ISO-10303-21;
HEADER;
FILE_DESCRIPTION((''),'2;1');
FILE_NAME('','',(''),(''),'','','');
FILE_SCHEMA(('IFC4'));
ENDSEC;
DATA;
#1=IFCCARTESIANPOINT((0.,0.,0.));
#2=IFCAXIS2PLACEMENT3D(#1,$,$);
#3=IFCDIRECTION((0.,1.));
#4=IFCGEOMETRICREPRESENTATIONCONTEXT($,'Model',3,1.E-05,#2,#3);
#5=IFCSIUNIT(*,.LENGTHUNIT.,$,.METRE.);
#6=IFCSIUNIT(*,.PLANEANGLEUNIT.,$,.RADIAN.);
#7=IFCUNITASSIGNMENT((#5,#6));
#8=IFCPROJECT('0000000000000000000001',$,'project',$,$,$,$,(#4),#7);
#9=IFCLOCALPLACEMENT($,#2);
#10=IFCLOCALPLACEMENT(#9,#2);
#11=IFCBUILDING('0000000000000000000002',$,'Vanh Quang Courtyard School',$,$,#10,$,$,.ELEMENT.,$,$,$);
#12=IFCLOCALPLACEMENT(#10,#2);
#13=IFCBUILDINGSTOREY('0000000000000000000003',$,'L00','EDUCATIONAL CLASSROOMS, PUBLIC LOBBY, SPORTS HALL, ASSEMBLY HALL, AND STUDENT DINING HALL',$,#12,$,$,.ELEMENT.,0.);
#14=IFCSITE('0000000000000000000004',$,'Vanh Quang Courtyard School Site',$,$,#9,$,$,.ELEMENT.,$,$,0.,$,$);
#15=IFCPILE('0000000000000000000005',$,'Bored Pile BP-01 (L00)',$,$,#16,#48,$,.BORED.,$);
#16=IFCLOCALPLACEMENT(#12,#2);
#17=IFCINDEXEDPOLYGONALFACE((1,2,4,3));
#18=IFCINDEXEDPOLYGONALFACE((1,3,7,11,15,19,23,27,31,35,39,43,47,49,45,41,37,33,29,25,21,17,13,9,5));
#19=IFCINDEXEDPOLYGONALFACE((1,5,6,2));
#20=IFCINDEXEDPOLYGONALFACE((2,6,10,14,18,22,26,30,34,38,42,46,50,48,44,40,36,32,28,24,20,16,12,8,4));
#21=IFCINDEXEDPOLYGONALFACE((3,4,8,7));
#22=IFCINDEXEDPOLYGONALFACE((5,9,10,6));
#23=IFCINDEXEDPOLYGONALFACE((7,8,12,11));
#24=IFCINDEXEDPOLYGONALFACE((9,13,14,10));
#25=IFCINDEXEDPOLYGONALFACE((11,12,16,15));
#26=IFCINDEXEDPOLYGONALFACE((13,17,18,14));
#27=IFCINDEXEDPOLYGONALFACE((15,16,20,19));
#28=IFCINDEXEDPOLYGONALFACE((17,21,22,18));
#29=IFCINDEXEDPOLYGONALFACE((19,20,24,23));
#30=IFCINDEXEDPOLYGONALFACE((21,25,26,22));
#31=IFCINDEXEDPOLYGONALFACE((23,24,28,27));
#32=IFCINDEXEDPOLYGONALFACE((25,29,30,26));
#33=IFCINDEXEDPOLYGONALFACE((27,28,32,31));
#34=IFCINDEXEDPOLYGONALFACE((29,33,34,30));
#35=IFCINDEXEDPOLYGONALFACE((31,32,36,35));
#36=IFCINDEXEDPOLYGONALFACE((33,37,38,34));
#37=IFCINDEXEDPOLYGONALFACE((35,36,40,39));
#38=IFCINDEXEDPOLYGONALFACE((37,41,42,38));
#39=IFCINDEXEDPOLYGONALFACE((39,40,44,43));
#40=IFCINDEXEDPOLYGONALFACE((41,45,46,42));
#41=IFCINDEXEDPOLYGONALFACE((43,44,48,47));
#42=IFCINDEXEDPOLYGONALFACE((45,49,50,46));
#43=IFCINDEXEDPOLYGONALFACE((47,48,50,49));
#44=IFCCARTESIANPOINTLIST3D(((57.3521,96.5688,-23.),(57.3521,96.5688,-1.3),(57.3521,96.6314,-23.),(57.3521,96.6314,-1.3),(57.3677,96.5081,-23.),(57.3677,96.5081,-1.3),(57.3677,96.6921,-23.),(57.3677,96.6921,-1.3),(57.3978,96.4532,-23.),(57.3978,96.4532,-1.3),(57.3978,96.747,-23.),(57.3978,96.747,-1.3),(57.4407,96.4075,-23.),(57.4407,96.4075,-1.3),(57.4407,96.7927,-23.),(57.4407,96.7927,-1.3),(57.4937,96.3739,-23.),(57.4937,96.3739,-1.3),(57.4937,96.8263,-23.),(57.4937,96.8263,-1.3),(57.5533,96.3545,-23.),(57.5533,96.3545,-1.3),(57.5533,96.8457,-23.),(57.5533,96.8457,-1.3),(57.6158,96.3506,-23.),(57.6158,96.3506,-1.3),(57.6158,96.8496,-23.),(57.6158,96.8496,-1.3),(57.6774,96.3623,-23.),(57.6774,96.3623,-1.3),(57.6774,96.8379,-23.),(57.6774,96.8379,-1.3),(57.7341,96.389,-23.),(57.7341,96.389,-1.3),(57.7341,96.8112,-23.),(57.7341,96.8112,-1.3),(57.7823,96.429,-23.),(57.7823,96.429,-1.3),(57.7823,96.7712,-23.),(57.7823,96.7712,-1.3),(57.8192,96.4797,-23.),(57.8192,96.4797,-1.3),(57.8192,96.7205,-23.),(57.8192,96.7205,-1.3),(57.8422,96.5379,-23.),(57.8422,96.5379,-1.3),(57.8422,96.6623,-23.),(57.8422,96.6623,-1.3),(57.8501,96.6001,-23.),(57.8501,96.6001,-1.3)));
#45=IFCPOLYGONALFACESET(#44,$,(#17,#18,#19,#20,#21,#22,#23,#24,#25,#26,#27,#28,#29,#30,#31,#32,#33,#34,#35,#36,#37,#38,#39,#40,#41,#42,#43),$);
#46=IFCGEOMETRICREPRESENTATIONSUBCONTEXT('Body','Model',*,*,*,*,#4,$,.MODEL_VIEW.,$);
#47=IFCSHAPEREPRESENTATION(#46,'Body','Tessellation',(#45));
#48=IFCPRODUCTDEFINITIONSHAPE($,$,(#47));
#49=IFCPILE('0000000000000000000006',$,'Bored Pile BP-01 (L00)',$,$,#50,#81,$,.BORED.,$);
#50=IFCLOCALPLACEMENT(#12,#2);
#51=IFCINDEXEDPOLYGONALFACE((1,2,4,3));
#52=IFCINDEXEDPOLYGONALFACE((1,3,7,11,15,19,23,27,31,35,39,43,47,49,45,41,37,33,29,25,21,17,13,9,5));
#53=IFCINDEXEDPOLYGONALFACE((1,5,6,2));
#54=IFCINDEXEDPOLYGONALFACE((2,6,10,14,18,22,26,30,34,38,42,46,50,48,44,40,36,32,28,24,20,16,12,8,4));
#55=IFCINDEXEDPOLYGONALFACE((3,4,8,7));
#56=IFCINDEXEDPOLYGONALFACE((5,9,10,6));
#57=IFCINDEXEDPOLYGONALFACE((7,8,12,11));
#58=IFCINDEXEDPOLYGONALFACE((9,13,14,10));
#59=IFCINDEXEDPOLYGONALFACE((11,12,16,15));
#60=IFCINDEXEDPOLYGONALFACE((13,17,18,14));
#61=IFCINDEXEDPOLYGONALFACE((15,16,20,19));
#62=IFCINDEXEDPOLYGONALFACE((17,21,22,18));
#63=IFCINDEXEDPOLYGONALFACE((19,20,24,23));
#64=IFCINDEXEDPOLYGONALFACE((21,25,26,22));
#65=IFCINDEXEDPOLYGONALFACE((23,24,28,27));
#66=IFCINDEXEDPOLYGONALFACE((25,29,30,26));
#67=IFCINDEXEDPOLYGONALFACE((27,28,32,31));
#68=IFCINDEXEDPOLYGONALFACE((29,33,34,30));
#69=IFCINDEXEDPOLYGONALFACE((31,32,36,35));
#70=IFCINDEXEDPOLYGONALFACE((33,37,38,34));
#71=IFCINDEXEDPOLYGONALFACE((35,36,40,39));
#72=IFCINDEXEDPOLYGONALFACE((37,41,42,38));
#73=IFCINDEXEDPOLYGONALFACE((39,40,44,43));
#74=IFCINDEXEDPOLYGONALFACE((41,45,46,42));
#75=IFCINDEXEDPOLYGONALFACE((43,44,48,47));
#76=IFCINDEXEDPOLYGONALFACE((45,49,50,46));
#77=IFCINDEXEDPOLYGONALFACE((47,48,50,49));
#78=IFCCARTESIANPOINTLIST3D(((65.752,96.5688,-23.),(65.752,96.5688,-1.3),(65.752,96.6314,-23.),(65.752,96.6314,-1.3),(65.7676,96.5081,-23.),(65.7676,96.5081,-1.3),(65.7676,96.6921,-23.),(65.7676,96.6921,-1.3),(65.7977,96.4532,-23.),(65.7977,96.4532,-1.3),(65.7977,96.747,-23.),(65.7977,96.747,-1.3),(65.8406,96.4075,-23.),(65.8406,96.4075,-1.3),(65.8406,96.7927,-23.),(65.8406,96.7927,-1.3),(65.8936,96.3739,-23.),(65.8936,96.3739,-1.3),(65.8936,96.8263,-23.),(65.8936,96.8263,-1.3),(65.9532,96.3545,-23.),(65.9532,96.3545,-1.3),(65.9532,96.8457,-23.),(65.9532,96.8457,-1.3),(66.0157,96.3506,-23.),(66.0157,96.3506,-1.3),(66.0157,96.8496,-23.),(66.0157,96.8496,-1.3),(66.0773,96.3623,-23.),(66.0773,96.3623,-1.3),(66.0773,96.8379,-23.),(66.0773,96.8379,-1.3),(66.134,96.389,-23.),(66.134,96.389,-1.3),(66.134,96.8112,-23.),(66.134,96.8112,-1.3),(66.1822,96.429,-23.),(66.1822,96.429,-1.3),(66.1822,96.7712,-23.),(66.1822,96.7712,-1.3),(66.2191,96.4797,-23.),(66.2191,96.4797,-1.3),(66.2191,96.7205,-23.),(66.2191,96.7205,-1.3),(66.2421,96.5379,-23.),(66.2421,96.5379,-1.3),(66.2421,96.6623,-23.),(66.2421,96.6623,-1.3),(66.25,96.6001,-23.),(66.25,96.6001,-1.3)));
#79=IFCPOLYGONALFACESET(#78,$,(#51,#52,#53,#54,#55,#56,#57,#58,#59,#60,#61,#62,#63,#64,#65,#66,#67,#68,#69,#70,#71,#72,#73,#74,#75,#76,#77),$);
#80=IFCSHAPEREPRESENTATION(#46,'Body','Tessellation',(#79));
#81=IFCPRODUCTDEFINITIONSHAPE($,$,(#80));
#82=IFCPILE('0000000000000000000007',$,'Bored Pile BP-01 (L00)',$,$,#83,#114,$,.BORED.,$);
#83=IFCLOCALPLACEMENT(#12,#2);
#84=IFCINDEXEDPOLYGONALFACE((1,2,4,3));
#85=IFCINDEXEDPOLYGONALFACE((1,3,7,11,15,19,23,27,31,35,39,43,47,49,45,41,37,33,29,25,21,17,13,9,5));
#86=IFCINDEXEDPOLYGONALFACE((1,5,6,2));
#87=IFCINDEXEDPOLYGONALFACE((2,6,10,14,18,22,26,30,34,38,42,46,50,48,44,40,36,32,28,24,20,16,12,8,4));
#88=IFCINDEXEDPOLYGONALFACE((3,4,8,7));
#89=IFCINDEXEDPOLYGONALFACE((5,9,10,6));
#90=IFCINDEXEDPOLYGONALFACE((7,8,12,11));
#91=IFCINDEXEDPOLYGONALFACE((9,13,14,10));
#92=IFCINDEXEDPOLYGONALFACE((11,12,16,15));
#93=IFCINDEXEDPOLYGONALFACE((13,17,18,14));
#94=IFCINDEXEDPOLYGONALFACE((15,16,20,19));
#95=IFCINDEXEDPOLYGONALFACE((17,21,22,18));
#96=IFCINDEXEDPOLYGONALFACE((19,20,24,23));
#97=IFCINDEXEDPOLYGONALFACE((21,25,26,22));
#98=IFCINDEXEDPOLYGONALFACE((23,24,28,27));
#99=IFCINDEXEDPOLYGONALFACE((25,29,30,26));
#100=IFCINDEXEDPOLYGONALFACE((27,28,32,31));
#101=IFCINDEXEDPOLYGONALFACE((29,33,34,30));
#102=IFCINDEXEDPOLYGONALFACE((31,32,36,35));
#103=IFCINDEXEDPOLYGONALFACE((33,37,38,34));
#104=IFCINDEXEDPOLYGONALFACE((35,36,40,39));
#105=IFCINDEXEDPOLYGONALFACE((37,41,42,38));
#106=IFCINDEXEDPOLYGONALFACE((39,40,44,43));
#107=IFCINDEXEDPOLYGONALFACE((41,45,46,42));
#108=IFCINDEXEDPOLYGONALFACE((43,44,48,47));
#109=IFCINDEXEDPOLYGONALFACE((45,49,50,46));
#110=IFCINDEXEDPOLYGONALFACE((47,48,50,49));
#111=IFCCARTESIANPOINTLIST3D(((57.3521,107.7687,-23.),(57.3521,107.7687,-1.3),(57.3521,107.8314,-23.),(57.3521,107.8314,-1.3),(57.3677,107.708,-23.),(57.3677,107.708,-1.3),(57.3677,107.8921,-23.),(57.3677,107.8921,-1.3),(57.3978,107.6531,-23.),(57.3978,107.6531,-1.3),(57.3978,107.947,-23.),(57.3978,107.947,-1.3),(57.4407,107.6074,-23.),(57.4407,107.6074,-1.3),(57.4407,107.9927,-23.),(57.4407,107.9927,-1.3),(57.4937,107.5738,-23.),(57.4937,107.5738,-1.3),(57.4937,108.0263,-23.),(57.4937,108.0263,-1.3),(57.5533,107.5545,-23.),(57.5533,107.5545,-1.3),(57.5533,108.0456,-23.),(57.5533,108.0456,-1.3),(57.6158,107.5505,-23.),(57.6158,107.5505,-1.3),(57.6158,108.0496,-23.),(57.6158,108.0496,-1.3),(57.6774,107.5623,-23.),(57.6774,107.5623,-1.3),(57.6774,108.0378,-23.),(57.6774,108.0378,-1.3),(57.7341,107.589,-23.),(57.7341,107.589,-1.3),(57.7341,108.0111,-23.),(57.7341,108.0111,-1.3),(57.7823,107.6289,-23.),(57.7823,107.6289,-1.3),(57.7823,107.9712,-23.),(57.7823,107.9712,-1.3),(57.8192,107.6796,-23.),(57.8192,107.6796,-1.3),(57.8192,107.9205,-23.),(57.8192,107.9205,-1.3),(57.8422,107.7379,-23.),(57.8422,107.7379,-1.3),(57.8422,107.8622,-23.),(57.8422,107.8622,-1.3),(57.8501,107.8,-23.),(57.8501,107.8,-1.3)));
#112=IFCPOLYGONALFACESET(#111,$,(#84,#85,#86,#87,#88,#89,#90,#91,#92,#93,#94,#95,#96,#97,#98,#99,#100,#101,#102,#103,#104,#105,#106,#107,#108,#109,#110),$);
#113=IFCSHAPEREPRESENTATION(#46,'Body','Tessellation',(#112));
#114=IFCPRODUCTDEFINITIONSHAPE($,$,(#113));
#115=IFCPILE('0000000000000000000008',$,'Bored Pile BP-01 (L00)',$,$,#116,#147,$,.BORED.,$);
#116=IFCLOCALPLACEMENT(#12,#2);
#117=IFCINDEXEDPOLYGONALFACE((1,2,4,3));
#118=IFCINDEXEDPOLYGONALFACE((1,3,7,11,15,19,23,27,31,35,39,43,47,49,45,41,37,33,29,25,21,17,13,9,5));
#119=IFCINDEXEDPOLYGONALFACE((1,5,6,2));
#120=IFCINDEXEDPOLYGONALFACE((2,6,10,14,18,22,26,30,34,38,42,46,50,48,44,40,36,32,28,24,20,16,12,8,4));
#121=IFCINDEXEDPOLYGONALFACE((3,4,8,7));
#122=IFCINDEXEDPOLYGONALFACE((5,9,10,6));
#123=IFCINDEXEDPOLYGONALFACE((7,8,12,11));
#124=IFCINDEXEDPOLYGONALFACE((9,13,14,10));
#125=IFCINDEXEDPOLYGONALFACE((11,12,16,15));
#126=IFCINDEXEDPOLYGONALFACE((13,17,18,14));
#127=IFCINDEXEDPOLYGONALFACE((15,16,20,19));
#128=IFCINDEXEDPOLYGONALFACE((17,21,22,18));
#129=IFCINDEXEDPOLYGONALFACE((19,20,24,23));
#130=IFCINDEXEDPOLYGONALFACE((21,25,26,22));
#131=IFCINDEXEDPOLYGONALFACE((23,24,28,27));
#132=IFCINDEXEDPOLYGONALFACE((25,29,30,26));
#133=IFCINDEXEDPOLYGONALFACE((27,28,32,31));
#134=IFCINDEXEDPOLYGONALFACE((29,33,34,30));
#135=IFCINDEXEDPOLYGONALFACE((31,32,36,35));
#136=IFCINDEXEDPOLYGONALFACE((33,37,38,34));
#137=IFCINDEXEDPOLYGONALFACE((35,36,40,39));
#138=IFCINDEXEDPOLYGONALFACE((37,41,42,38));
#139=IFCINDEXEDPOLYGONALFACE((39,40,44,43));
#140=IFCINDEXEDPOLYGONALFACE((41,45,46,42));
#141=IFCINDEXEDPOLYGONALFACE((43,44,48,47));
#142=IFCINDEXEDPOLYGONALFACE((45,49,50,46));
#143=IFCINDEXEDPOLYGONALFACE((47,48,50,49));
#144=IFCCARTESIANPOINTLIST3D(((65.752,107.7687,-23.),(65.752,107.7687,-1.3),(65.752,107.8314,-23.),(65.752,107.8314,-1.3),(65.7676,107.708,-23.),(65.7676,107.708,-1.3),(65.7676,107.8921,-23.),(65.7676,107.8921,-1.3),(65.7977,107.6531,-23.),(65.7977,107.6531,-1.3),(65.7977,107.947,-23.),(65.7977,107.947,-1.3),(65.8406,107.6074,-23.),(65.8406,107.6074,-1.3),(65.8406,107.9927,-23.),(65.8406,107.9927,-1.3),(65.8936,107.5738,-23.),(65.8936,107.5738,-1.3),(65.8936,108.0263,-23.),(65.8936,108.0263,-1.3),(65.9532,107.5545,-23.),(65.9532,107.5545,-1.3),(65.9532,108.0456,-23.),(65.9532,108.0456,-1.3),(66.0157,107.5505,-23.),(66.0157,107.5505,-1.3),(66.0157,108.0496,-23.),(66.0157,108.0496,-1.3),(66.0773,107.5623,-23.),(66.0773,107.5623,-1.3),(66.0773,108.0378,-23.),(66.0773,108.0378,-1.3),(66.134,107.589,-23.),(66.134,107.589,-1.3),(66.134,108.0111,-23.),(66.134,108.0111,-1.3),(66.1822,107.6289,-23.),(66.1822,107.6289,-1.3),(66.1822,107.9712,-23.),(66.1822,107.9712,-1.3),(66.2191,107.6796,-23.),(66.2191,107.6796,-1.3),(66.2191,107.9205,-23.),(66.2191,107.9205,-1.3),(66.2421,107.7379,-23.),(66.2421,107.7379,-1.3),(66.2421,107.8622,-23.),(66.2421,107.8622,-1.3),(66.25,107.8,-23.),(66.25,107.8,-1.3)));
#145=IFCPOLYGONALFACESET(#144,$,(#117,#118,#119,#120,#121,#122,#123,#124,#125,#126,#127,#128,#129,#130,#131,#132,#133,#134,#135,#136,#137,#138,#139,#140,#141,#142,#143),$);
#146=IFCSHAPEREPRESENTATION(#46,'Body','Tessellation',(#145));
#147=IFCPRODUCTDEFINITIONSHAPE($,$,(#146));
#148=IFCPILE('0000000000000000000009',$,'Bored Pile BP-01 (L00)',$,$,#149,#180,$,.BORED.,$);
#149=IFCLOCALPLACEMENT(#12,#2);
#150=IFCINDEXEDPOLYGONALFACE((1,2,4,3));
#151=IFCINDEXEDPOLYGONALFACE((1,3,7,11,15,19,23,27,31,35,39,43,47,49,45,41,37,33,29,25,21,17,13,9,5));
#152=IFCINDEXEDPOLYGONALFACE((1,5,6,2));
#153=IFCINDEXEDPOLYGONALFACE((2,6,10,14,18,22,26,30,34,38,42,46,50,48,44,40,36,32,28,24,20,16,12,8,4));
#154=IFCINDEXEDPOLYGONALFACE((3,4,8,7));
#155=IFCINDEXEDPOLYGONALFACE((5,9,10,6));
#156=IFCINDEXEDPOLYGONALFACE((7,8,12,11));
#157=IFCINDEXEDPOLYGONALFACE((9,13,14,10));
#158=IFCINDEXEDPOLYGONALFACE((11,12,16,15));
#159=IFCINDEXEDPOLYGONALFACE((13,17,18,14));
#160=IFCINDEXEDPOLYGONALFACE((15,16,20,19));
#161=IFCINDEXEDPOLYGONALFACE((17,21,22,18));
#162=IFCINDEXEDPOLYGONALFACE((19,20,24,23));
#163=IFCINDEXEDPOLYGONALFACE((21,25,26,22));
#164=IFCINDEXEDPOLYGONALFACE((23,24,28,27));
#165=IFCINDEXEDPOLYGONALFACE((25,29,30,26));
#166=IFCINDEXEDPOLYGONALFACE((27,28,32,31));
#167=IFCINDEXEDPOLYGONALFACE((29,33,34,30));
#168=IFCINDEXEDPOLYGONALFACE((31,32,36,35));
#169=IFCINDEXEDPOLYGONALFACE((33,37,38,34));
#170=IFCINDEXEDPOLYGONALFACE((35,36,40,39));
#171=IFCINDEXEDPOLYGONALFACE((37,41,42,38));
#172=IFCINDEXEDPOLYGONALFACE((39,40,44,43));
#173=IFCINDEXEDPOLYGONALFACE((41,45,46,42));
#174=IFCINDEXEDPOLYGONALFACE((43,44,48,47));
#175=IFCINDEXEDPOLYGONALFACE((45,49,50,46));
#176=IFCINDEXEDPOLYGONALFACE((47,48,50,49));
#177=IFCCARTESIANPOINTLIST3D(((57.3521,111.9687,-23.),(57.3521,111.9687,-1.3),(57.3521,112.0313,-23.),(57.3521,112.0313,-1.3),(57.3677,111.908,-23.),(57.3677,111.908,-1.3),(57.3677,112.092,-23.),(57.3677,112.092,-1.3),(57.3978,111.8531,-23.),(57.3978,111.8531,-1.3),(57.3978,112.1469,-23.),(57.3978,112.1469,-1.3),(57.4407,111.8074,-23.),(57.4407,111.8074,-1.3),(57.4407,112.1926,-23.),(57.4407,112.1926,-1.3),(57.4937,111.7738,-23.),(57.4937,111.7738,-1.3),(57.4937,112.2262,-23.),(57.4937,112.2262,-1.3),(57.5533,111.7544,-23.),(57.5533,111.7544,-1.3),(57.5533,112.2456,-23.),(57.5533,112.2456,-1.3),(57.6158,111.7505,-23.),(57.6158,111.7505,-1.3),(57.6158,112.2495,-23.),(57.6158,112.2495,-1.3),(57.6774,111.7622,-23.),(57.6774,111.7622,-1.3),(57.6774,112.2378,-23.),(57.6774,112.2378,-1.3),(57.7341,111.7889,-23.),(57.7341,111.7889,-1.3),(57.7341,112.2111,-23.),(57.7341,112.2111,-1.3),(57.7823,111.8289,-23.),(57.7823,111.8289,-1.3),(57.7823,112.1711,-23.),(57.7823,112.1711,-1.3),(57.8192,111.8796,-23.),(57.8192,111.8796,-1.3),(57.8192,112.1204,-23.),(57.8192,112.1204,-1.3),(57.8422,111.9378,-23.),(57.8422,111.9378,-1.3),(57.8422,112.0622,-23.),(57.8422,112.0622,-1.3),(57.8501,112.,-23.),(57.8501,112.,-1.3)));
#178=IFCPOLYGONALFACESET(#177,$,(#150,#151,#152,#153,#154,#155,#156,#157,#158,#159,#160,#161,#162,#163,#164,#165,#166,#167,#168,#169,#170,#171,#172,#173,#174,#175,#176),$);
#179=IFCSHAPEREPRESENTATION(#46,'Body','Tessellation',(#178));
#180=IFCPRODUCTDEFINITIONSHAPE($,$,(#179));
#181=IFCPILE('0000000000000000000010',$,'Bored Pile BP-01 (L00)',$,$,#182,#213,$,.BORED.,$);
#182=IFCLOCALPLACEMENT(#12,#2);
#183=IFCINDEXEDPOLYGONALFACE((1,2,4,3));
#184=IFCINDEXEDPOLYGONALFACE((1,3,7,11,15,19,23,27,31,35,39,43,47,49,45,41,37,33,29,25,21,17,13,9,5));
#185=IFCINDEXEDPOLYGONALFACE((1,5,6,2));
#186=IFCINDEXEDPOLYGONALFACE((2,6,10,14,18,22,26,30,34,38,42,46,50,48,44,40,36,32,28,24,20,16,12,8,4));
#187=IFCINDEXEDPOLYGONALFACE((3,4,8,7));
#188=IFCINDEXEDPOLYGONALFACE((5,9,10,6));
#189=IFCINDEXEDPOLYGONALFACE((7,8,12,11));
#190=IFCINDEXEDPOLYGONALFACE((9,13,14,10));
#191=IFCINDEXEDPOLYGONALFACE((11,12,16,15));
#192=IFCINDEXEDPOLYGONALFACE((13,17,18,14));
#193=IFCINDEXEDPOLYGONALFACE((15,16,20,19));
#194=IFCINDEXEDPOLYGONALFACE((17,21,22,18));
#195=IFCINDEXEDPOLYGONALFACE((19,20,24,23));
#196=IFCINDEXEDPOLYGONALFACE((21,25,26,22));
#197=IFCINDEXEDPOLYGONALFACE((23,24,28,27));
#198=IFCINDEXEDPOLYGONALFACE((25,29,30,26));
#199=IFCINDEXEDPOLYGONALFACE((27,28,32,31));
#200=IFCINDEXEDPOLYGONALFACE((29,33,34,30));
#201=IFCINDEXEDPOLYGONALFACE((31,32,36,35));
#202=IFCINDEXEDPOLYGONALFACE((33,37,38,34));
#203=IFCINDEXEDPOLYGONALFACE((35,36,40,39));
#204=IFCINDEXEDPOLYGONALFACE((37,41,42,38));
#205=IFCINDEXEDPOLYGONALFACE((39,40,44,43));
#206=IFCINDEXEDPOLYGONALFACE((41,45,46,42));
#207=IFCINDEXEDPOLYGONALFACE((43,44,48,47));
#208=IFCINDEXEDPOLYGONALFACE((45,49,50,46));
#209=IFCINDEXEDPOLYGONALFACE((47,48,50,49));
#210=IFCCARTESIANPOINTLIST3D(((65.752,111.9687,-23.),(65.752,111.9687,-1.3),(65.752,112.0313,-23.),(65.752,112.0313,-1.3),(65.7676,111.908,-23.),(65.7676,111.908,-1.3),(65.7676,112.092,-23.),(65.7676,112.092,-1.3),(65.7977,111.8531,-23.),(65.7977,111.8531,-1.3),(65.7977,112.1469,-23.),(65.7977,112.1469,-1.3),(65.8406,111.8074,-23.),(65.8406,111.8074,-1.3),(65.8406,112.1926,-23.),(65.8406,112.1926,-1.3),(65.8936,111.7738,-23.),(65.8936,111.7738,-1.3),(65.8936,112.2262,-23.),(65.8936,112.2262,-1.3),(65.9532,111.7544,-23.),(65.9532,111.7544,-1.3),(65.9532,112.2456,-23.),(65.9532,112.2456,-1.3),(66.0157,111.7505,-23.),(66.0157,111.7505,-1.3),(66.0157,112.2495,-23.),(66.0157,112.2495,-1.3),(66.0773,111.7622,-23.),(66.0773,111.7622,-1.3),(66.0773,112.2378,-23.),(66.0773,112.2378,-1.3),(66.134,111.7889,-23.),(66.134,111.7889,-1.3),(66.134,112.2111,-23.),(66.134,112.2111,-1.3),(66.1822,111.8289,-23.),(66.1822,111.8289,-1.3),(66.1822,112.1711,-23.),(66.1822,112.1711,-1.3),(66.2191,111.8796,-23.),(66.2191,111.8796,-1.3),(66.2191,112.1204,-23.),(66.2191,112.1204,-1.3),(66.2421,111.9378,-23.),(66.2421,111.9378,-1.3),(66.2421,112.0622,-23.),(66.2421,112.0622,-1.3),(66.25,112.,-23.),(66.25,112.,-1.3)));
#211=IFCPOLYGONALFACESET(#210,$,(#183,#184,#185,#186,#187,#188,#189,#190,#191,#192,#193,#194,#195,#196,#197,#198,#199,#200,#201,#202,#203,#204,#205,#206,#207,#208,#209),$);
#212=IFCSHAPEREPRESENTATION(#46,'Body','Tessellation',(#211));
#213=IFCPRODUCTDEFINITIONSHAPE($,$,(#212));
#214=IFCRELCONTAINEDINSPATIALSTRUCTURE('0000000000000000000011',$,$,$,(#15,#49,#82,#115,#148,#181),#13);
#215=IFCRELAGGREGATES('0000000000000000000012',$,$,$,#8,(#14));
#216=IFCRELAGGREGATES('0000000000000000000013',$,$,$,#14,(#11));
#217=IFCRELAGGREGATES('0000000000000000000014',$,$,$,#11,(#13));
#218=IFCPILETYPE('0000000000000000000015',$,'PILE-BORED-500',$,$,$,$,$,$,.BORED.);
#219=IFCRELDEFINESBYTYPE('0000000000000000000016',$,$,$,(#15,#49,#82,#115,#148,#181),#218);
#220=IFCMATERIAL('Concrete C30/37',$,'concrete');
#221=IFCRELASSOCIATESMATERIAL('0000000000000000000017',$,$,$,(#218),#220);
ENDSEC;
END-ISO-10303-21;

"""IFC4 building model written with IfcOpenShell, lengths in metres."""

from ifc_helpers import new_model, si_unit, direction, frame, origin, origin_2d, place, context, subcontext, project, spatial, circle, extrude, material, material_profile, profile_set, type_object, element, save


model = new_model("IFC4")

# Units and contexts
model_context = context("Model", 3, precision=1e-05, world=origin(), true_north=direction((0.0, 1.0)))
body_context = subcontext(model_context, "Body", "Model", "MODEL_VIEW")
ifc_project = project(units=[si_unit("LENGTHUNIT", "METRE"), si_unit("PLANEANGLEUNIT", "RADIAN")], contexts=[model_context])

# Site, building, storey
site_placement = place(None, origin())
site = spatial("IfcSite", under=ifc_project, at=site_placement, Name="Vanh Quang Courtyard School Site", CompositionType="ELEMENT", RefElevation=0.0)
building_placement = place(site_placement, origin())
building = spatial("IfcBuilding", under=site, at=building_placement, Name="Vanh Quang Courtyard School", CompositionType="ELEMENT")
storey_placement = place(building_placement, origin())
storey = spatial("IfcBuildingStorey", under=building, at=storey_placement, Name="L00", Description="EDUCATIONAL CLASSROOMS, PUBLIC LOBBY, SPORTS HALL, ASSEMBLY HALL, AND STUDENT DINING HALL", CompositionType="ELEMENT", Elevation=0.0)

# Piles
ifc_material_1 = material(Name="Concrete C30/37", Category="concrete")
ifc_material_profile_1 = material_profile(ifc_material_1, circle(Radius=0.25, at=origin_2d()), Name="PILE D500")
ifc_profile_set_1 = profile_set([ifc_material_profile_1], Name="Concrete C30/37")
pile_type_1 = type_object("IfcPileType", Name="PILE-BORED-500", PredefinedType="BORED", material=ifc_profile_set_1)
for number, where, z_axis, x_axis, name in (
    (1, (57.6001, 96.6001, -1.3), (0.0, 0.0, -1.0), (1.0, 0.0, 0.0), "Bored Pile BP-01 (L00)"),
    (2, (66.0, 96.6001, -1.3), (0.0, 0.0, -1.0), (1.0, 0.0, 0.0), "Bored Pile BP-01 (L00)"),
    (3, (57.6001, 107.8, -1.3), (0.0, 0.0, -1.0), (1.0, 0.0, 0.0), "Bored Pile BP-01 (L00)"),
    (4, (66.0, 107.8, -1.3), (0.0, 0.0, -1.0), (1.0, 0.0, 0.0), "Bored Pile BP-01 (L00)"),
    (5, (57.6001, 112.0, -1.3), (0.0, 0.0, -1.0), (1.0, 0.0, 0.0), "Bored Pile BP-01 (L00)"),
    (6, (66.0, 112.0, -1.3), (0.0, 0.0, -1.0), (1.0, 0.0, 0.0), "Bored Pile BP-01 (L00)"),
):
    element("IfcPile", number, at=place(storey_placement, frame(where, z_axis=z_axis, x_axis=x_axis)), inside=storey, type_object=pile_type_1, Name=name, PredefinedType="BORED", context=body_context, shape_type="SweptSolid", body=[
        extrude(circle(Radius=0.25, at=origin_2d()), origin(), (0.0, 0.0, 1.0), 21.7),
    ])

save(model, "model.ifc")
